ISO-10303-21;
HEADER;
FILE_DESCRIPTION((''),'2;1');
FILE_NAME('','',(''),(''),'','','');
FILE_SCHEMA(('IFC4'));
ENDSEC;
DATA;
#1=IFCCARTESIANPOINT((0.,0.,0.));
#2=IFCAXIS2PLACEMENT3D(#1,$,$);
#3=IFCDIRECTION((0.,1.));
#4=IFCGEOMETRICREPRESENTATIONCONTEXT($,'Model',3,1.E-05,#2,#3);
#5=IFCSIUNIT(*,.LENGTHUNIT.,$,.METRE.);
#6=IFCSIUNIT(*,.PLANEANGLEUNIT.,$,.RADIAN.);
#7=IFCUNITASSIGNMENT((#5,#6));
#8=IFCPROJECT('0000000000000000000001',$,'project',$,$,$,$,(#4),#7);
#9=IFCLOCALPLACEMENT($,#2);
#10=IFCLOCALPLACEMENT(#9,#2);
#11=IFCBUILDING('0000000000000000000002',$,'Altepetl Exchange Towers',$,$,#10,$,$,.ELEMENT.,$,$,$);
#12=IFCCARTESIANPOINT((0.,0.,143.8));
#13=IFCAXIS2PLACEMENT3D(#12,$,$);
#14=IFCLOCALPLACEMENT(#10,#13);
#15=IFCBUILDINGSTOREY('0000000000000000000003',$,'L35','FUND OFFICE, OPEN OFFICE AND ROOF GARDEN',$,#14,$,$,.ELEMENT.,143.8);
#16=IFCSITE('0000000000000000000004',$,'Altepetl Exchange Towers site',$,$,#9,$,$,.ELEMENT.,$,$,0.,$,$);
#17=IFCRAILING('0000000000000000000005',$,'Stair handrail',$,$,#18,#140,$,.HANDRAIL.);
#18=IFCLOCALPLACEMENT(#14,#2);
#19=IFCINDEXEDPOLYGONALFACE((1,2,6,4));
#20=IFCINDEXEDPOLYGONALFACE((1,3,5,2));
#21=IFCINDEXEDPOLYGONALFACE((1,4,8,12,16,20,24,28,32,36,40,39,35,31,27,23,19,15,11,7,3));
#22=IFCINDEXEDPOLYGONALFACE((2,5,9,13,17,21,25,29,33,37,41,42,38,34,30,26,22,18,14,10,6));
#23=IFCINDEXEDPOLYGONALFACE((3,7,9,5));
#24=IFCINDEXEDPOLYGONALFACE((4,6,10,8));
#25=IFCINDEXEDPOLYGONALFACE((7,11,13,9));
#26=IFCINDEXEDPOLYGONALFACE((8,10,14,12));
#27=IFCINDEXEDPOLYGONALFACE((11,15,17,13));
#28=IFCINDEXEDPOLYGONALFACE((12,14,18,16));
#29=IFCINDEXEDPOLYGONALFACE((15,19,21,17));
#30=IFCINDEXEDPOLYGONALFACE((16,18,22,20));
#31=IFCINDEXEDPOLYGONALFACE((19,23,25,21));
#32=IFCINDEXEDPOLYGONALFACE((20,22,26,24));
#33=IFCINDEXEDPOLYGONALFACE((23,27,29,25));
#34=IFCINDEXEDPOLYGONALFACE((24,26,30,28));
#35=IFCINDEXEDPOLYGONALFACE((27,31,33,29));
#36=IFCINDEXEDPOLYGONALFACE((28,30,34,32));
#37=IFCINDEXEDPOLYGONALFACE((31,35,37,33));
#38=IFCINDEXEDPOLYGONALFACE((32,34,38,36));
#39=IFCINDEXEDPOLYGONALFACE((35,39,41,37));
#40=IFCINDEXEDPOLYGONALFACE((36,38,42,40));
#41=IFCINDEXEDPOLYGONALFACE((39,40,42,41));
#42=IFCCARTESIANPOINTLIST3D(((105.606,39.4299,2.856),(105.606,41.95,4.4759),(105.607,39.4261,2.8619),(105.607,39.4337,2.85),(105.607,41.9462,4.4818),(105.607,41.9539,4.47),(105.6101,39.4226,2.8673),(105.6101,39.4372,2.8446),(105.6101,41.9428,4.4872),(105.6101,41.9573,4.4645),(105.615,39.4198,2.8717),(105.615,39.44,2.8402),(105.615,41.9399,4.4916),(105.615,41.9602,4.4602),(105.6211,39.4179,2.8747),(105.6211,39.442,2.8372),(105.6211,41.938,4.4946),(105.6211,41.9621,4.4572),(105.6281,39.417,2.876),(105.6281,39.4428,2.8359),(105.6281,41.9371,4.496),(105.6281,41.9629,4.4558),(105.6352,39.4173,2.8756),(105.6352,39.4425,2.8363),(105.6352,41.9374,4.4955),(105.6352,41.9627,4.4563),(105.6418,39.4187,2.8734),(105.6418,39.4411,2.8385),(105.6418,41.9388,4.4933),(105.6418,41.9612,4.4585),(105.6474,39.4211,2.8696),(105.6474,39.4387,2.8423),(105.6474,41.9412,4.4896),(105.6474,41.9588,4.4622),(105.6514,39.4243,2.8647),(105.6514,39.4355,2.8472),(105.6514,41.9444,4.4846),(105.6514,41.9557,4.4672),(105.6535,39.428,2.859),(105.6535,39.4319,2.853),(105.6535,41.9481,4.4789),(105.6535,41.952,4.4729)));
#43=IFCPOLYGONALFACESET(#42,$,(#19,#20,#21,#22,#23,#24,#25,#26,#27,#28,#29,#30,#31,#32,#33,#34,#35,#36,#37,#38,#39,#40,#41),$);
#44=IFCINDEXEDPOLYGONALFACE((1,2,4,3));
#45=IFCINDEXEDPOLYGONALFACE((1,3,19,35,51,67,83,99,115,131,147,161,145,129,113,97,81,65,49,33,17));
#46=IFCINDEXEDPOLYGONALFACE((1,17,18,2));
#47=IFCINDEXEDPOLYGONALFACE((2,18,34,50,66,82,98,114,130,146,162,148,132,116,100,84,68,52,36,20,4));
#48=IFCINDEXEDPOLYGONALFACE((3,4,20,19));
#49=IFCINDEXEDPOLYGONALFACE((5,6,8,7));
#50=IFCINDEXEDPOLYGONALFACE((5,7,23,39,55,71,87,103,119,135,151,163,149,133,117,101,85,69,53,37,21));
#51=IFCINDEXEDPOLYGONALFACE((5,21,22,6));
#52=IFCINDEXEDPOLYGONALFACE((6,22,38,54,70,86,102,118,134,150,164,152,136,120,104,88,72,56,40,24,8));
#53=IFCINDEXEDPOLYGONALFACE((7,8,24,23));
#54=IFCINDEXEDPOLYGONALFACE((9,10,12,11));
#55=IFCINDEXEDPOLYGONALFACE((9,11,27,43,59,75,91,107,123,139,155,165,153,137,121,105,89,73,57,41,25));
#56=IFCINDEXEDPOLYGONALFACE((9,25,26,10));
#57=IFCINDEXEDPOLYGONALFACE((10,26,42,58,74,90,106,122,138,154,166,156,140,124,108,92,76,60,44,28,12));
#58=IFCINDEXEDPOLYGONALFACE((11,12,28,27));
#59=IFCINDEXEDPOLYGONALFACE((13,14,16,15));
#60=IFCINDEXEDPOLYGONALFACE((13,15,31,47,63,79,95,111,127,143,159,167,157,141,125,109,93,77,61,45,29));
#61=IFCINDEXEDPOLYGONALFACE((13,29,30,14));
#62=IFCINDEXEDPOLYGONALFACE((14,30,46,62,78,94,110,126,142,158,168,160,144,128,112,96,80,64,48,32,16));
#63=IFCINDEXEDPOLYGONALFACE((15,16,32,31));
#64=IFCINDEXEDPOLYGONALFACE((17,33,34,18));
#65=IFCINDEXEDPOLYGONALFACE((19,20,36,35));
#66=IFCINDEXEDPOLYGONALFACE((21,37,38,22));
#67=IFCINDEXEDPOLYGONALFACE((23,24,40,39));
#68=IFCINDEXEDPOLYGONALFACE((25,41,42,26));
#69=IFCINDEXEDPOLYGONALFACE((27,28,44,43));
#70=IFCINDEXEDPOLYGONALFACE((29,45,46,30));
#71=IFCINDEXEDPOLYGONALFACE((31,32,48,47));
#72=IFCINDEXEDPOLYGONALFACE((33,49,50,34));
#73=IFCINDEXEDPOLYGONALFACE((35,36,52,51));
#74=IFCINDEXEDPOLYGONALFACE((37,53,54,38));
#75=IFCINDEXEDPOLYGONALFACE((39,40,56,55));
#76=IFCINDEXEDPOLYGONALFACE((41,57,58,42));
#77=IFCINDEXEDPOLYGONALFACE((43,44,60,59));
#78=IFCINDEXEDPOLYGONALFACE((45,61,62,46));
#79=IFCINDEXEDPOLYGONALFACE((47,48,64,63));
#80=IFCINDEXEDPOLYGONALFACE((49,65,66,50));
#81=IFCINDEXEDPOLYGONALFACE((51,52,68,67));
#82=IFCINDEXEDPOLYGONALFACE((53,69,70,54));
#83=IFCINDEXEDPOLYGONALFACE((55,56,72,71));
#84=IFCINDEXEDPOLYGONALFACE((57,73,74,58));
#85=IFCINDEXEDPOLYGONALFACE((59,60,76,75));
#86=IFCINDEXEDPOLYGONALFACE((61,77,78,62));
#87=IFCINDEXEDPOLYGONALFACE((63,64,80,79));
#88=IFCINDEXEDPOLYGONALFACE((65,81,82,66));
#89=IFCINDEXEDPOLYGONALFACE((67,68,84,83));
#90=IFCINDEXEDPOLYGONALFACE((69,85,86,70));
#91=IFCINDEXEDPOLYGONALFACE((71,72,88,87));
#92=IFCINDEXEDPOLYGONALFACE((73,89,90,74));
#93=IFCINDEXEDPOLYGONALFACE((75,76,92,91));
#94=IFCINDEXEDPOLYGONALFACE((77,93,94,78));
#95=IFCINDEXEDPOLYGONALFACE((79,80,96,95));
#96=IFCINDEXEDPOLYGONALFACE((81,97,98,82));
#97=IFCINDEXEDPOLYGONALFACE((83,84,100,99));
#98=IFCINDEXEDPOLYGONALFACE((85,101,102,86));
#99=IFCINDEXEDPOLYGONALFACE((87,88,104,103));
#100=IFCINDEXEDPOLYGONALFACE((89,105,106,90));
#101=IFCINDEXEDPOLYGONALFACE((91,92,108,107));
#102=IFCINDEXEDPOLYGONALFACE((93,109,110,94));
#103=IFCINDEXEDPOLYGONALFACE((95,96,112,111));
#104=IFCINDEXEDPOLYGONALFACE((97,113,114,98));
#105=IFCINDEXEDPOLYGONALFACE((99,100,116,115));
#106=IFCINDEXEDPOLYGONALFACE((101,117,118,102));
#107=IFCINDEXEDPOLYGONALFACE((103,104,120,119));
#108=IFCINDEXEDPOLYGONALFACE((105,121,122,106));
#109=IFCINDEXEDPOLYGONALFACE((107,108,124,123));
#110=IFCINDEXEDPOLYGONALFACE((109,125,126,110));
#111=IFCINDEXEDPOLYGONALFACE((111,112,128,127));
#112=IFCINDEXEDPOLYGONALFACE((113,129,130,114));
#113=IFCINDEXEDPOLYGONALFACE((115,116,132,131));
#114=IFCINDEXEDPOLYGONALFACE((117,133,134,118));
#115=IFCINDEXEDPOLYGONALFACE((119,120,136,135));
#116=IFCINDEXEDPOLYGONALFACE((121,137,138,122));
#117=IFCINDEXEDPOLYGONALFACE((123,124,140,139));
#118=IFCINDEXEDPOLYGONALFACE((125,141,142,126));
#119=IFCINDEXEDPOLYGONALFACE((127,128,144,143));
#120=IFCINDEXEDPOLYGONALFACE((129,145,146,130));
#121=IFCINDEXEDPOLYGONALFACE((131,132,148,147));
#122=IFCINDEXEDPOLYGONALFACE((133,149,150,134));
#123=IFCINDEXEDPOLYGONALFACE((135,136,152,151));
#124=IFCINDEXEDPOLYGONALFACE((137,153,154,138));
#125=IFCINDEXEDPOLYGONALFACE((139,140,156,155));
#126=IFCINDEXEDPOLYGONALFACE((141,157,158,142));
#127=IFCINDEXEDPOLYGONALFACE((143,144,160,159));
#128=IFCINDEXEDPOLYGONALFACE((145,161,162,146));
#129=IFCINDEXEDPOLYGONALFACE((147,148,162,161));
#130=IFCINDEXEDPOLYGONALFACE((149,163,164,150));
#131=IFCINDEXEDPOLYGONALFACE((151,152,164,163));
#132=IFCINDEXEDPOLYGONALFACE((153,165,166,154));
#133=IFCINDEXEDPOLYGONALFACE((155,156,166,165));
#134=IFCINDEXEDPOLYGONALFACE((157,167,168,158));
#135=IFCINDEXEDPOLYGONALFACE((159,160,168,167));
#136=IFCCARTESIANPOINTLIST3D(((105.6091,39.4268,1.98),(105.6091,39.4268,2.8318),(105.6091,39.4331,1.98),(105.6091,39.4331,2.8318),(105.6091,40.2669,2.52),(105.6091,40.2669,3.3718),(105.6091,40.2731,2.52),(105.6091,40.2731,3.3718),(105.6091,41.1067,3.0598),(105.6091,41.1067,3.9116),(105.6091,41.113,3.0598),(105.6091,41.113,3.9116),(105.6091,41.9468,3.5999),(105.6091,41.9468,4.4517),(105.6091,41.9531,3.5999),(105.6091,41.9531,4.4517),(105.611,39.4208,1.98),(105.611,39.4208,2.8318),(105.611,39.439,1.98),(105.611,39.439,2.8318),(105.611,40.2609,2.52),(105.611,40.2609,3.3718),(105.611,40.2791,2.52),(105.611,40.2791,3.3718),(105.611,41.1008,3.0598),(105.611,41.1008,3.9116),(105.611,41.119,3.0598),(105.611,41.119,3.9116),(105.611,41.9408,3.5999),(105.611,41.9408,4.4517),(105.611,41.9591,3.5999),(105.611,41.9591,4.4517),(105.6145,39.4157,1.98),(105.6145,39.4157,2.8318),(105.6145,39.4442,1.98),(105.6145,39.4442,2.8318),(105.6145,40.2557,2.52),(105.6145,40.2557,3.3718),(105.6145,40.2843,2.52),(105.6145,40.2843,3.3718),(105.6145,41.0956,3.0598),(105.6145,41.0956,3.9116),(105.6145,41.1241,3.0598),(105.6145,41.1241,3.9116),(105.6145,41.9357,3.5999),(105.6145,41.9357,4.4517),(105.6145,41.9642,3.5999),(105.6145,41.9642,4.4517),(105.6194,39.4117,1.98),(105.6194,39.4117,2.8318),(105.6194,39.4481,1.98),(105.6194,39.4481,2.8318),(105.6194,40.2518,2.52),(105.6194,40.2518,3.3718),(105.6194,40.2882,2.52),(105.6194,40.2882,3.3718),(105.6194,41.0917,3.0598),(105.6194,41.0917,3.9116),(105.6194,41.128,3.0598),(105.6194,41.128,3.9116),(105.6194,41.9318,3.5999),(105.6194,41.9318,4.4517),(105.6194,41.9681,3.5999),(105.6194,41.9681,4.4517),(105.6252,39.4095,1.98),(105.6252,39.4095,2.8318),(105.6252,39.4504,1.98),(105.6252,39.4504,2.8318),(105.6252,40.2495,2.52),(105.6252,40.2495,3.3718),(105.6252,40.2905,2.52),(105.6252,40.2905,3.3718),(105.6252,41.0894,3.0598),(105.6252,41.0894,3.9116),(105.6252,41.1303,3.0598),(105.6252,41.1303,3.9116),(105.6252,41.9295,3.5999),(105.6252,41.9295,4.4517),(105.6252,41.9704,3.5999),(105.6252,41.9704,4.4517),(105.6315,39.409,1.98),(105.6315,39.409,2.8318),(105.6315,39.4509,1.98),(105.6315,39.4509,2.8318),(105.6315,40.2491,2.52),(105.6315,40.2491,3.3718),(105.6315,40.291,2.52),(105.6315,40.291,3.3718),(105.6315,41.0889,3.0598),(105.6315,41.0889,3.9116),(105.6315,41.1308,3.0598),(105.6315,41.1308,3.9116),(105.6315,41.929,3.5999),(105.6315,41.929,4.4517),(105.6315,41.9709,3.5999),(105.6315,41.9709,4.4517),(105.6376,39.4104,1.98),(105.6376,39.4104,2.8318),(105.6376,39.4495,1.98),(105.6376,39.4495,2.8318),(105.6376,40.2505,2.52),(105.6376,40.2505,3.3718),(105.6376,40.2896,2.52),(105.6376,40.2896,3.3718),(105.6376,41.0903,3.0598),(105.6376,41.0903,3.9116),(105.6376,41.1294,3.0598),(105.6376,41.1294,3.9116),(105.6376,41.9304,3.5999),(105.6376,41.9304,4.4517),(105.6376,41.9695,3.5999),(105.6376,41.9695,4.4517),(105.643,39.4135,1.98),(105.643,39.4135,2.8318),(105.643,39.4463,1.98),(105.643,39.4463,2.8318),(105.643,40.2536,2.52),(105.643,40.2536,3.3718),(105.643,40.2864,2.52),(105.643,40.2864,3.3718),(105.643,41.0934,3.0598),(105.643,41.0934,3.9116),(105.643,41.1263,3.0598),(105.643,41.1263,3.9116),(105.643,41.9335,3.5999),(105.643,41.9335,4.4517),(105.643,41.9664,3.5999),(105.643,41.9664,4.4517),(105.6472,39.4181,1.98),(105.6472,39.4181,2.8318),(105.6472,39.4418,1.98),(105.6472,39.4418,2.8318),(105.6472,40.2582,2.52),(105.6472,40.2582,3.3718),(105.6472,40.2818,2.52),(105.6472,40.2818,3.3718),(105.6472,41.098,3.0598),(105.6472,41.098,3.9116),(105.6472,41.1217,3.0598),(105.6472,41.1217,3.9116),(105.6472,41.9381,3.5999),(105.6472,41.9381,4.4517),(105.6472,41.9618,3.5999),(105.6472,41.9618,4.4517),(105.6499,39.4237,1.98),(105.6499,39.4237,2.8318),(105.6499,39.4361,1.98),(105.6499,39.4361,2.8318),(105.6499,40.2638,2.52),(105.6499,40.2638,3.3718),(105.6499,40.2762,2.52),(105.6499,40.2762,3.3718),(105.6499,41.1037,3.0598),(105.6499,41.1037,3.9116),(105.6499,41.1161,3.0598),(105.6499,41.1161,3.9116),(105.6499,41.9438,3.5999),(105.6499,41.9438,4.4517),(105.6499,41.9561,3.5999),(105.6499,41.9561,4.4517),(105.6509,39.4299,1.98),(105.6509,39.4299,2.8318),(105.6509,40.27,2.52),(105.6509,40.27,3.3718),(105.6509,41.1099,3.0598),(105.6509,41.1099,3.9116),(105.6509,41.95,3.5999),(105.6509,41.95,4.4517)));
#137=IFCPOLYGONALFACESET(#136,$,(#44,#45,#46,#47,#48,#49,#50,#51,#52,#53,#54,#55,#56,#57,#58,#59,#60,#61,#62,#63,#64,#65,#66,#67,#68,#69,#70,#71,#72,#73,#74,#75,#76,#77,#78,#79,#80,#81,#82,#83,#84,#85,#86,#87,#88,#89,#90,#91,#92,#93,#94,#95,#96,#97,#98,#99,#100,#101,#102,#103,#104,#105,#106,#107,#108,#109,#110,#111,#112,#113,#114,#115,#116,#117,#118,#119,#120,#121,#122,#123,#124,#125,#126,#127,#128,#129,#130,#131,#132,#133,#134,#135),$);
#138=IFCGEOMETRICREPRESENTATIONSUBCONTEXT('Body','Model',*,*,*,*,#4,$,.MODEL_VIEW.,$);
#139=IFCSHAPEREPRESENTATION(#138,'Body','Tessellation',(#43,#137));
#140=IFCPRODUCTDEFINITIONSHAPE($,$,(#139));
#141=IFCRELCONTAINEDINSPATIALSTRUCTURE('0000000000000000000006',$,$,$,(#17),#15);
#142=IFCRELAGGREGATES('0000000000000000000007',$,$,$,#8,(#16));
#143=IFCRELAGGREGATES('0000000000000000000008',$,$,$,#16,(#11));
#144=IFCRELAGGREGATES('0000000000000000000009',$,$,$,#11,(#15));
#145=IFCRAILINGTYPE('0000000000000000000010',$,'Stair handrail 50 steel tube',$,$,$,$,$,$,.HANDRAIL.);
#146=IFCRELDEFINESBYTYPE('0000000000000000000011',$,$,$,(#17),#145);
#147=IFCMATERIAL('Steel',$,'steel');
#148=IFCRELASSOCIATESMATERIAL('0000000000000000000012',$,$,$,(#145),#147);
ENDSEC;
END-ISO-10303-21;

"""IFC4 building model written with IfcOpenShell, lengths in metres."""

from ifc_helpers import new_model, si_unit, direction, frame, origin, origin_2d, place, context, subcontext, project, spatial, circle, extrude, source, transform, mapped, material, type_object, element, save


model = new_model("IFC4")

# Units and contexts
model_context = context("Model", 3, precision=1e-05, world=origin(), true_north=direction((0.0, 1.0)))
body_context = subcontext(model_context, "Body", "Model", "MODEL_VIEW")
ifc_project = project(units=[si_unit("LENGTHUNIT", "METRE"), si_unit("PLANEANGLEUNIT", "RADIAN")], contexts=[model_context])

# Site, building, storey
site_placement = place(None, origin())
site = spatial("IfcSite", under=ifc_project, at=site_placement, Name="Altepetl Exchange Towers site", CompositionType="ELEMENT", RefElevation=0.0)
building_placement = place(site_placement, origin())
building = spatial("IfcBuilding", under=site, at=building_placement, Name="Altepetl Exchange Towers", CompositionType="ELEMENT")
storey_placement = place(building_placement, frame((0.0, 0.0, 143.8)))
storey = spatial("IfcBuildingStorey", under=building, at=storey_placement, Name="L35", Description="FUND OFFICE, OPEN OFFICE AND ROOF GARDEN", CompositionType="ELEMENT", Elevation=143.8)

# Railing
ifc_material_1 = material(Name="Steel", Category="steel")
railing_type = type_object("IfcRailingType", Name="Stair handrail 50 steel tube", PredefinedType="HANDRAIL", material=ifc_material_1)
shared_shape = source(origin(), body_context, "Body", "SweptSolid", [
    extrude(circle(Radius=0.021, at=origin_2d()), origin(), (0.0, 0.0, 1.0), 0.8518),
])
railing_1_placement = place(storey_placement, frame((105.6299, 39.4299, 1.98)))
element("IfcRailing", 1, at=railing_1_placement, inside=storey, type_object=railing_type, Name="Stair handrail", PredefinedType="HANDRAIL", context=body_context, shape_type="SweptSolid", body=[
    extrude(circle(Radius=0.0239, at=origin_2d()), frame((0.0, 0.0, 0.876), z_axis=(0.0, 0.8412, 0.540725), x_axis=(-1.0, 0.0, 0.0)), (0.0, 0.0, 1.0), 2.9958),
    mapped(shared_shape, transform((0.0, 0.0, 0.0))),
    mapped(shared_shape, transform((0.0, 0.8401, 0.54))),
    mapped(shared_shape, transform((0.0, 1.6799, 1.0798))),
    mapped(shared_shape, transform((0.0, 2.52, 1.6199))),
])

save(model, "model.ifc")
